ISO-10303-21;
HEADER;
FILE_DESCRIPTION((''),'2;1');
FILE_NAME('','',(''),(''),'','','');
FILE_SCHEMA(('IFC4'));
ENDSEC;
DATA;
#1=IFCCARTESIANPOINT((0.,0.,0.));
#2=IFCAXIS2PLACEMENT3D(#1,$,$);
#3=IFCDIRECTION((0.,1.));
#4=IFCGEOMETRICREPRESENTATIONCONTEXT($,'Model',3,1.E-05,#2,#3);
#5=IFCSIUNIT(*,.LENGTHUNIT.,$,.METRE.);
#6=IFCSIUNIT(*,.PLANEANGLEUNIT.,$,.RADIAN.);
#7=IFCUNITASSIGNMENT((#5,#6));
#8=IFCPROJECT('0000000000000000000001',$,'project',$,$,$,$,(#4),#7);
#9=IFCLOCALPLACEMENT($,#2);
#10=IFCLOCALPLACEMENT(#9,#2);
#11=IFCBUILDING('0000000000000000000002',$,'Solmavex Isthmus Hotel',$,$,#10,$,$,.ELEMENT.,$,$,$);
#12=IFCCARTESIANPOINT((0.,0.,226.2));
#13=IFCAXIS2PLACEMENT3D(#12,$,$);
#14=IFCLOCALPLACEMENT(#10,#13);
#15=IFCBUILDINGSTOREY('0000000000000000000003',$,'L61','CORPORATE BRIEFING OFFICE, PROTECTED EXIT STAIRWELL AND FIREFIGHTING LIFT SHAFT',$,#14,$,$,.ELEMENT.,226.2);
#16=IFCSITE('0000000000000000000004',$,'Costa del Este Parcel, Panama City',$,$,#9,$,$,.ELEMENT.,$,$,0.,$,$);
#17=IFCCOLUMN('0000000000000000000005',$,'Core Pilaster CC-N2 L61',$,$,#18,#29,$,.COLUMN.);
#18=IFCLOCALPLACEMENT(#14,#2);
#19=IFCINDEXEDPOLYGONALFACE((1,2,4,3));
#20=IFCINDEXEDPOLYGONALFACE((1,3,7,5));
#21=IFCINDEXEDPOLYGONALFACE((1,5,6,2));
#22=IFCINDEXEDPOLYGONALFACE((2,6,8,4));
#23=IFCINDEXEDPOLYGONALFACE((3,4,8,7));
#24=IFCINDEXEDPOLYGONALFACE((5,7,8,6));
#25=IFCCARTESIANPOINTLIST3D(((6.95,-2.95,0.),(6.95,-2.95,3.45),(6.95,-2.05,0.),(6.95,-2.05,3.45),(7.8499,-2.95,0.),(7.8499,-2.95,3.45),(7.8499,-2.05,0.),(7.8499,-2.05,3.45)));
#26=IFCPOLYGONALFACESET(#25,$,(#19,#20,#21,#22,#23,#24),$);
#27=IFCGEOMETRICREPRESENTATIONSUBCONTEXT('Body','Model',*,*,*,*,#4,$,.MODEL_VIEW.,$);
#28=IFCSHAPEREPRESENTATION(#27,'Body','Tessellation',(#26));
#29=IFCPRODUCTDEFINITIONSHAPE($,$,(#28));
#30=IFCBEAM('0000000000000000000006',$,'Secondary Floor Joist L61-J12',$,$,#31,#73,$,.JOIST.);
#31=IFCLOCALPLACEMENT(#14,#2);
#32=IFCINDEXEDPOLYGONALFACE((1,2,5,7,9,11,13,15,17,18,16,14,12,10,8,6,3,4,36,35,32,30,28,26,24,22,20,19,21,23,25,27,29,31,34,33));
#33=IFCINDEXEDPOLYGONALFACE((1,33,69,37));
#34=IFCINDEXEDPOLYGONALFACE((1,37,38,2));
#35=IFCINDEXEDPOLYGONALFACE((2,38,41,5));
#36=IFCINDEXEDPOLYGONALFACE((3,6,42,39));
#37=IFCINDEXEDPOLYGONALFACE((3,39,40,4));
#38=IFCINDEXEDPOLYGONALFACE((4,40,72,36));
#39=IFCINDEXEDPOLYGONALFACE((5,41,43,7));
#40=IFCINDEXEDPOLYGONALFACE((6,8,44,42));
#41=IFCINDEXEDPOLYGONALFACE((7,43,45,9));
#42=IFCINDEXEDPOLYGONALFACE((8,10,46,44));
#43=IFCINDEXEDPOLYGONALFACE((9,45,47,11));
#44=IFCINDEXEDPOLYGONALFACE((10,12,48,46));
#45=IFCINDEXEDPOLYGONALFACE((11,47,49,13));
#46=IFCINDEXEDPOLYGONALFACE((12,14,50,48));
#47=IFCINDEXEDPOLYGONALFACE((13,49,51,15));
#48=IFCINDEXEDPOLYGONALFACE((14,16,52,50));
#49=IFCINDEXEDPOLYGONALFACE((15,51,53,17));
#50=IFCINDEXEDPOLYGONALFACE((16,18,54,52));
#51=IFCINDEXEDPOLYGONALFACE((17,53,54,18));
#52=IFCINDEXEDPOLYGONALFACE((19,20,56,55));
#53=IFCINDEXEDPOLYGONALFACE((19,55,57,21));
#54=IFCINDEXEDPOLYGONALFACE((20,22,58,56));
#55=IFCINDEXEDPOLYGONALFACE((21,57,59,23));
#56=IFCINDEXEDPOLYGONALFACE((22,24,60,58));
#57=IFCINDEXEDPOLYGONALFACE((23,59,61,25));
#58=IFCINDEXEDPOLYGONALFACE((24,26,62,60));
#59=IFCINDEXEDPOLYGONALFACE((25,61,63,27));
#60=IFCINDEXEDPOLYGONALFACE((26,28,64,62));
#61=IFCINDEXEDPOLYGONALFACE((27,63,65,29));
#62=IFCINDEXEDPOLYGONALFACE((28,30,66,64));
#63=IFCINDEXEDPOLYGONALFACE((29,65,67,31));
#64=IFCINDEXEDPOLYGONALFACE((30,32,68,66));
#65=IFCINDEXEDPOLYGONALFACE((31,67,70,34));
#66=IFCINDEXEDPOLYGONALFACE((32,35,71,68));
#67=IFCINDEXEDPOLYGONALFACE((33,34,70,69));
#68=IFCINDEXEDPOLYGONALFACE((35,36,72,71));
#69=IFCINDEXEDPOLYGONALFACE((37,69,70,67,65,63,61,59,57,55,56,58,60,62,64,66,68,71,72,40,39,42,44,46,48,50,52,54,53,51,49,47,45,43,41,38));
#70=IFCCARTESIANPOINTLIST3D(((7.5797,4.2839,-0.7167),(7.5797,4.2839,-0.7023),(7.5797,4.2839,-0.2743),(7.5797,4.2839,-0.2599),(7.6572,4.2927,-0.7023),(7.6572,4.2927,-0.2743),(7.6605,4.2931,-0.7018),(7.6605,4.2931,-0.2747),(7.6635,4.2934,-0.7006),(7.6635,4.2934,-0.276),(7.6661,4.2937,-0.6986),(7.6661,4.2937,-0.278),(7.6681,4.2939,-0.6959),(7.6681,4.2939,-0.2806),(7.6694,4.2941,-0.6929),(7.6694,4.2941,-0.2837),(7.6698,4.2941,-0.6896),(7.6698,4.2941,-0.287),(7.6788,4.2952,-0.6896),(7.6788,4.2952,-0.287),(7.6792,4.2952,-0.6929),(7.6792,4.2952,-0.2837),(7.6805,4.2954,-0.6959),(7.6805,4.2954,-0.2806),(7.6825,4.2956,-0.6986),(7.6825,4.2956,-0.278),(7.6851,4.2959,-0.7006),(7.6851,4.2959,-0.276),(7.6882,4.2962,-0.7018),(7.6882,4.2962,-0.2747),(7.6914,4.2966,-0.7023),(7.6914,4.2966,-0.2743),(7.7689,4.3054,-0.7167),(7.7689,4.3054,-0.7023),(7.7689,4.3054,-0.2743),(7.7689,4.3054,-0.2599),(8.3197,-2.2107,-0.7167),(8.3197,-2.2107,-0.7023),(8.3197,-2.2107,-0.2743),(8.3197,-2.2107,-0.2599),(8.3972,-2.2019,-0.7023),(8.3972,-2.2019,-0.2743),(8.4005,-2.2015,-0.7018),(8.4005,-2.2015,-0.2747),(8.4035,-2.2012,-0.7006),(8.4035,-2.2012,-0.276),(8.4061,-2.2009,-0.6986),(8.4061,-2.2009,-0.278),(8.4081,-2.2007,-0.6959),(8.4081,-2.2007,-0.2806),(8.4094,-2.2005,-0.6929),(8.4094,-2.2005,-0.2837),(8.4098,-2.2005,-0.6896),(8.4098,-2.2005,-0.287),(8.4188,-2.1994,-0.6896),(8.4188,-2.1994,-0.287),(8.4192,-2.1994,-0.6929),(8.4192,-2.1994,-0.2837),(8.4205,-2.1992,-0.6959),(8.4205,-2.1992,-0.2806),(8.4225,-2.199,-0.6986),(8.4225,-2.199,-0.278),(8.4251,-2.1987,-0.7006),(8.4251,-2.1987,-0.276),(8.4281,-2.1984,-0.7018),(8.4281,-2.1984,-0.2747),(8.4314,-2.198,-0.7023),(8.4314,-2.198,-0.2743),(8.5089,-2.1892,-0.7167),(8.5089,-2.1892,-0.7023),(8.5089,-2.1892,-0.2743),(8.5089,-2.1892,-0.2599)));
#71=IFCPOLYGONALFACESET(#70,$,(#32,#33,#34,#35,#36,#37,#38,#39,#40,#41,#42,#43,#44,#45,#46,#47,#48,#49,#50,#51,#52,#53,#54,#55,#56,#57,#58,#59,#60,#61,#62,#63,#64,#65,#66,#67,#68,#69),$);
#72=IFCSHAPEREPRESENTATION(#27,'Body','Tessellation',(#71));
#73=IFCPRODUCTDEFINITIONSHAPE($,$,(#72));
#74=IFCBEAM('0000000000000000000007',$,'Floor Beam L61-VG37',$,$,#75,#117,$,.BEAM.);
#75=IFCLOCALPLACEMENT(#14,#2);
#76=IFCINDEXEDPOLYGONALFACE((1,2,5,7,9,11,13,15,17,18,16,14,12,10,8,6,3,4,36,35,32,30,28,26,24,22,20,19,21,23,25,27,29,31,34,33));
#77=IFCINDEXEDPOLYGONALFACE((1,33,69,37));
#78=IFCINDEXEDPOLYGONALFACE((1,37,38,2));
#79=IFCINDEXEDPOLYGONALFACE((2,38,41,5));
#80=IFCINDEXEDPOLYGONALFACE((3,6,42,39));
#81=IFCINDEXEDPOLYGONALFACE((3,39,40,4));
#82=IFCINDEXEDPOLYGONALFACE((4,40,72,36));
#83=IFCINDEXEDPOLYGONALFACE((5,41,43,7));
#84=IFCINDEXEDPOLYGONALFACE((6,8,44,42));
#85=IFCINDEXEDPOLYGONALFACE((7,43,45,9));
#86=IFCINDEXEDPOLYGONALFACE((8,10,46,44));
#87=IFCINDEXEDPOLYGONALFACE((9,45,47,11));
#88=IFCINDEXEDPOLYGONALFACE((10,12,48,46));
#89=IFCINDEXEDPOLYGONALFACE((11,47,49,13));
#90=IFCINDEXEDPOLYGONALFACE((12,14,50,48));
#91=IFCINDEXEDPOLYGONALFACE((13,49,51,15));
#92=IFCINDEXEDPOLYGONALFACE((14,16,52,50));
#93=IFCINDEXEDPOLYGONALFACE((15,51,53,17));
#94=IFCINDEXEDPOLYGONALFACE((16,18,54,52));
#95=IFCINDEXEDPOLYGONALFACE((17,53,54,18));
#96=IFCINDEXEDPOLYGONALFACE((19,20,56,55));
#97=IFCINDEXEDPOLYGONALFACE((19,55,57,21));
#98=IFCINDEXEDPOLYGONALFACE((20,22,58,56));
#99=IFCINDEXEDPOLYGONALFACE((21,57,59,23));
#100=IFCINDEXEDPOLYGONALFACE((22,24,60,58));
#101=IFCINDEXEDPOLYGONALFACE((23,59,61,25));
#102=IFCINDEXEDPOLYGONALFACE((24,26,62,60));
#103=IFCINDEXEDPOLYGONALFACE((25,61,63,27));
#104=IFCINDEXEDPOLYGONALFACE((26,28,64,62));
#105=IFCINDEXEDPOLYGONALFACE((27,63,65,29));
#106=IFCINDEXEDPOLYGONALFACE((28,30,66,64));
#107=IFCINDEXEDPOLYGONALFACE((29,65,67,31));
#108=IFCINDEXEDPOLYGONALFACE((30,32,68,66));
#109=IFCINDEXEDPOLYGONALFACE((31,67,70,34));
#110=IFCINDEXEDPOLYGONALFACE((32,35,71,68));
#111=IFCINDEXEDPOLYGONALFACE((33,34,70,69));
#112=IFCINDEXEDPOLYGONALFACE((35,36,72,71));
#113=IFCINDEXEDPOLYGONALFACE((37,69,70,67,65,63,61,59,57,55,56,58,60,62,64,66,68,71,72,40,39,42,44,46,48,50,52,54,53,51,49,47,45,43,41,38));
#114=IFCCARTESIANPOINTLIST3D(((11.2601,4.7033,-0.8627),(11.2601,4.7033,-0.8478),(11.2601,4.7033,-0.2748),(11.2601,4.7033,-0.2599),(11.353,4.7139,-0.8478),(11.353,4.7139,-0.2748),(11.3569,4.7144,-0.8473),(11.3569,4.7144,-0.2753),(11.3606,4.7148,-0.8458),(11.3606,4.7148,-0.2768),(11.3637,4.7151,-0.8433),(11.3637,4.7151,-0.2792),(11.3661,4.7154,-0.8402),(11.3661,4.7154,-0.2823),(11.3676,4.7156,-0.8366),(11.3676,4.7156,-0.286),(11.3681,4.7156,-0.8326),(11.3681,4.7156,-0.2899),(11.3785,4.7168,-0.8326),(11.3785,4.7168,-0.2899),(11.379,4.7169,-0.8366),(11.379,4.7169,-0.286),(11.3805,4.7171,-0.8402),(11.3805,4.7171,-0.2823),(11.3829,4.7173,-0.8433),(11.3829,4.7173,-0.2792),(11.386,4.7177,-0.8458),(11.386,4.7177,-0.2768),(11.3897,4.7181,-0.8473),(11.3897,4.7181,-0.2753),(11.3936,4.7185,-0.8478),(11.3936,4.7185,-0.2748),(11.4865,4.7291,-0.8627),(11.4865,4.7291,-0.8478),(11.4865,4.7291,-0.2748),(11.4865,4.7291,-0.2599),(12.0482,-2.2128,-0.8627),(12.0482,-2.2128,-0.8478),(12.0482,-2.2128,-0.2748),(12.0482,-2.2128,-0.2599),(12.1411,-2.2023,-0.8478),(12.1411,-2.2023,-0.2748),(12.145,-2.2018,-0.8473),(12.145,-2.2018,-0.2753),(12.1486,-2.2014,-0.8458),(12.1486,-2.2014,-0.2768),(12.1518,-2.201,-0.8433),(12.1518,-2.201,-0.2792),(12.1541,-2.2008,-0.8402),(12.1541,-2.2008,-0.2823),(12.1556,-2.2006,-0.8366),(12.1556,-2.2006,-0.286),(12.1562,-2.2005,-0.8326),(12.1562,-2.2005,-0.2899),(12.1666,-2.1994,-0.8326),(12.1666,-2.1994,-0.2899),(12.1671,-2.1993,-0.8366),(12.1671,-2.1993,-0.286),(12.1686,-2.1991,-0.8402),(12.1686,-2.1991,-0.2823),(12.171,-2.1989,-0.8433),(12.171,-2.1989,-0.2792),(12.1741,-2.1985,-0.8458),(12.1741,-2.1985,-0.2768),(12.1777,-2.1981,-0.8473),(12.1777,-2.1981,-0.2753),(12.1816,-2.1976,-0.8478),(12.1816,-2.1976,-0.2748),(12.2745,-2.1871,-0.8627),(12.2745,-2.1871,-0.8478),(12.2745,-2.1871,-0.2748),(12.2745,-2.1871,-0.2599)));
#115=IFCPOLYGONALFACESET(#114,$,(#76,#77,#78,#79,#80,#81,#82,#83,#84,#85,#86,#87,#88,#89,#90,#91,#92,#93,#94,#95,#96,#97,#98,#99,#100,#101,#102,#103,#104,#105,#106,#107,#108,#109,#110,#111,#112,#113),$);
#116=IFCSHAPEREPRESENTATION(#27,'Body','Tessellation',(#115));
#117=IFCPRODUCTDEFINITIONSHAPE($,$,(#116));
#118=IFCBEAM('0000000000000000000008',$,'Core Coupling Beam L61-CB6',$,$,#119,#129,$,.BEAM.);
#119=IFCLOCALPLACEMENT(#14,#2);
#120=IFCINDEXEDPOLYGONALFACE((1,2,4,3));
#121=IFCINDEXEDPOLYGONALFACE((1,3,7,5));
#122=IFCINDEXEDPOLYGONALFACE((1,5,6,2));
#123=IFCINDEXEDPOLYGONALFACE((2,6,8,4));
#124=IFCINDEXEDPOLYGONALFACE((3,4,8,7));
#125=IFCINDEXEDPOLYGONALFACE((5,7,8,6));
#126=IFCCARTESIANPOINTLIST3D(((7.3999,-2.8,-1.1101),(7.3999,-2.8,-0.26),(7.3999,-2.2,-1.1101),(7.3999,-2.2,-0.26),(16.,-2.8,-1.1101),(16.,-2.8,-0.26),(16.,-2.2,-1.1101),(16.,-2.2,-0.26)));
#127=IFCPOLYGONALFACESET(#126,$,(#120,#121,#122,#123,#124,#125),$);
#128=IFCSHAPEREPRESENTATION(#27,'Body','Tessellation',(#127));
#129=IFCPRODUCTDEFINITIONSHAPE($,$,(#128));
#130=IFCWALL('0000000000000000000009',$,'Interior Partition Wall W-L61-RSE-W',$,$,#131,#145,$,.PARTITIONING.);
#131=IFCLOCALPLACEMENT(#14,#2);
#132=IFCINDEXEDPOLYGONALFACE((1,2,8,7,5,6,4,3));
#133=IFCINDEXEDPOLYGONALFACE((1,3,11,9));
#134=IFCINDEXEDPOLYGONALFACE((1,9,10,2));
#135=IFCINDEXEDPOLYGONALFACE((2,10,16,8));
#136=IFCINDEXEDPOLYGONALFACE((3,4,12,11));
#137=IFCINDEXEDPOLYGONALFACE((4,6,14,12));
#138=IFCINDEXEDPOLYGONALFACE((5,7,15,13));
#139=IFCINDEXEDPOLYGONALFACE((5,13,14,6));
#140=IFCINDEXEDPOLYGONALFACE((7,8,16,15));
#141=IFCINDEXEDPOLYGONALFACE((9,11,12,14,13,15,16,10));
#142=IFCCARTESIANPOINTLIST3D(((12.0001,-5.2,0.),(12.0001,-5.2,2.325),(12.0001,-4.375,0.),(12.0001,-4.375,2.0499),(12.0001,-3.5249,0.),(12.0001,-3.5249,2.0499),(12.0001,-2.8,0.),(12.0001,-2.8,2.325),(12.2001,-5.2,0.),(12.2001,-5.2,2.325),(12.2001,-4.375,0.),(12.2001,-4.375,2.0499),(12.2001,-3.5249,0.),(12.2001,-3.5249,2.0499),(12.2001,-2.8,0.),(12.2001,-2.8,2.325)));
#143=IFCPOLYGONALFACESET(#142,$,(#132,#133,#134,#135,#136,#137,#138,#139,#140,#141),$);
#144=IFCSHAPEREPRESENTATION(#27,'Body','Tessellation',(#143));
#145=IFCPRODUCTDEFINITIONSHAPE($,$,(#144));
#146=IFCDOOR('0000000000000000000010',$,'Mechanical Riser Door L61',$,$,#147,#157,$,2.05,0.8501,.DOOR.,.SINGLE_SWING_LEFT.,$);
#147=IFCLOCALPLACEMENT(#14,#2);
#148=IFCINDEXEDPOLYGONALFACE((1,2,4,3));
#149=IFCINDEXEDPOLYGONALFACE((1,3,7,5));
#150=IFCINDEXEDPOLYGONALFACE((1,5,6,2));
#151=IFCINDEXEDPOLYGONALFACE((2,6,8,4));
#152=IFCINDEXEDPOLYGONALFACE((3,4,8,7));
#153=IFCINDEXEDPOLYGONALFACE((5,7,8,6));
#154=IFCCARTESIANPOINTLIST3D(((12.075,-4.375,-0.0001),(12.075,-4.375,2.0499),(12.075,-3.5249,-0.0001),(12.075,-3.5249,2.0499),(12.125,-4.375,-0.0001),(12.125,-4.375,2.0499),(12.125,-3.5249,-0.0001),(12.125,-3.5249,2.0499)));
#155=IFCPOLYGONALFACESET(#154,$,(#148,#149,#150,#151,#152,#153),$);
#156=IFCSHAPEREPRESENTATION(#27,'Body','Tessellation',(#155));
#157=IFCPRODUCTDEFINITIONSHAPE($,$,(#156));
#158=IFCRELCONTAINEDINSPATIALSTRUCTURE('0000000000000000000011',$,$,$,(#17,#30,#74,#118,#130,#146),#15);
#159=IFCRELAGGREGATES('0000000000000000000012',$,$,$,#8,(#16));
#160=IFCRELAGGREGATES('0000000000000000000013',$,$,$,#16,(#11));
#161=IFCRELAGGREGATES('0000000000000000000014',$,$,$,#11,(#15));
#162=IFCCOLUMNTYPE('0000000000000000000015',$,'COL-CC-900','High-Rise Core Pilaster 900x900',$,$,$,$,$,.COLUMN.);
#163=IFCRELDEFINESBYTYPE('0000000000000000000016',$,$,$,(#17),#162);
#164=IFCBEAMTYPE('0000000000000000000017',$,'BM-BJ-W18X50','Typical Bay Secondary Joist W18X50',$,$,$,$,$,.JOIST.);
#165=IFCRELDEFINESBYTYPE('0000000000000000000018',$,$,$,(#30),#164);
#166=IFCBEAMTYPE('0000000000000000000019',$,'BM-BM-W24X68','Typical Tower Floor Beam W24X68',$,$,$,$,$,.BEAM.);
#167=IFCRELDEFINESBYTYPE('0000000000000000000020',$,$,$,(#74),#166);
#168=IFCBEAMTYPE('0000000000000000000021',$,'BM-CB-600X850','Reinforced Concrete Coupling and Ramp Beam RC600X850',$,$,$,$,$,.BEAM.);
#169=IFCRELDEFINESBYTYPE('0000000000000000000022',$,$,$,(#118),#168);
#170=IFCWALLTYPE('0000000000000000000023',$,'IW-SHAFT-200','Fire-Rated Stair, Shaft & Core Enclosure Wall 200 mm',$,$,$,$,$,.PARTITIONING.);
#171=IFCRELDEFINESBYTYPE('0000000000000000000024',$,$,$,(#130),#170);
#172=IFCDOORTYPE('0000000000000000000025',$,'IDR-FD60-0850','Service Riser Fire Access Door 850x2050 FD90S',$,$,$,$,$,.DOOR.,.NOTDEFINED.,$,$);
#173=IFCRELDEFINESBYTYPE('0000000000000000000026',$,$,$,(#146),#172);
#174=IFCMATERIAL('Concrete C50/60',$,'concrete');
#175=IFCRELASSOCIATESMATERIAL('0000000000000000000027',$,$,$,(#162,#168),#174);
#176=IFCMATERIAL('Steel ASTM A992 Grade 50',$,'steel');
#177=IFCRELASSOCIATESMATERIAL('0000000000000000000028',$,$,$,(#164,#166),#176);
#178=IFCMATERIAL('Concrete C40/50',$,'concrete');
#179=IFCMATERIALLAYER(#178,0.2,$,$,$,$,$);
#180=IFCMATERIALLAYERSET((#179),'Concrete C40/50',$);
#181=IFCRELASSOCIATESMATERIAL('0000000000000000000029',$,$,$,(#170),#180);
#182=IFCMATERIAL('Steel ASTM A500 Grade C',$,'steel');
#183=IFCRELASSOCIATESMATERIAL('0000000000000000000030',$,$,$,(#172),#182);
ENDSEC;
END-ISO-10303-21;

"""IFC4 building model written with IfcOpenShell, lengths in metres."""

from ifc_helpers import new_model, si_unit, direction, frame, frame_2d, origin, origin_2d, place, context, subcontext, project, spatial, rectangle, i_section, extrude, material, layer, layer_set, material_profile, profile_set, type_object, element, fill, save


model = new_model("IFC4")

# Units and contexts
model_context = context("Model", 3, precision=1e-05, world=origin(), true_north=direction((0.0, 1.0)))
body_context = subcontext(model_context, "Body", "Model", "MODEL_VIEW")
ifc_project = project(units=[si_unit("LENGTHUNIT", "METRE"), si_unit("PLANEANGLEUNIT", "RADIAN")], contexts=[model_context])

# Site, building, storey
site_placement = place(None, origin())
site = spatial("IfcSite", under=ifc_project, at=site_placement, Name="Costa del Este Parcel, Panama City", CompositionType="ELEMENT", RefElevation=0.0)
building_placement = place(site_placement, origin())
building = spatial("IfcBuilding", under=site, at=building_placement, Name="Solmavex Isthmus Hotel", CompositionType="ELEMENT")
storey_placement = place(building_placement, frame((0.0, 0.0, 226.2)))
storey = spatial("IfcBuildingStorey", under=building, at=storey_placement, Name="L61", Description="CORPORATE BRIEFING OFFICE, PROTECTED EXIT STAIRWELL AND FIREFIGHTING LIFT SHAFT", CompositionType="ELEMENT", Elevation=226.2)

# Column
ifc_material_1 = material(Name="Concrete C50/60", Category="concrete")
ifc_material_profile_1 = material_profile(ifc_material_1, rectangle(XDim=0.8999, YDim=0.8999, at=origin_2d()), Name="RC900X900")
ifc_profile_set_1 = profile_set([ifc_material_profile_1], Name="Concrete C50/60")
column_type = type_object("IfcColumnType", Name="COL-CC-900", Description="High-Rise Core Pilaster 900x900", PredefinedType="COLUMN", material=ifc_profile_set_1)
column_placement = place(storey_placement, frame((7.3999, -2.5, 0.0), z_axis=(0.0, 0.0, 1.0), x_axis=(1.0, 0.0, 0.0)))
element("IfcColumn", 1, at=column_placement, inside=storey, type_object=column_type, Name="Core Pilaster CC-N2 L61", PredefinedType="COLUMN", context=body_context, shape_type="SweptSolid", body=[
    extrude(rectangle(XDim=0.8999, YDim=0.8999, at=origin_2d()), origin(), (0.0, 0.0, 1.0), 3.45),
])

# Beams
ifc_material_2 = material(Name="Steel ASTM A992 Grade 50", Category="steel")
ifc_material_profile_2 = material_profile(ifc_material_2, i_section(OverallWidth=0.1904, OverallDepth=0.4568, WebThickness=0.009, FlangeThickness=0.0144, FilletRadius=0.0127, at=origin_2d()), Name="W18X50")
ifc_profile_set_2 = profile_set([ifc_material_profile_2], Name="Steel ASTM A992 Grade 50")
beam_type_1 = type_object("IfcBeamType", Name="BM-BJ-W18X50", Description="Typical Bay Secondary Joist W18X50", PredefinedType="JOIST", material=ifc_profile_set_2)
beam_1_placement = place(storey_placement, frame((8.4143, -2.2, -0.4883), z_axis=(-0.113206, 0.993571, 0.0), x_axis=(-0.993571, -0.113206, 0.0)))
element("IfcBeam", 2, at=beam_1_placement, inside=storey, type_object=beam_type_1, Name="Secondary Floor Joist L61-J12", PredefinedType="JOIST", context=body_context, shape_type="SweptSolid", body=[
    extrude(i_section(OverallWidth=0.1904, OverallDepth=0.4568, WebThickness=0.009, FlangeThickness=0.0144, FilletRadius=0.0127, at=origin_2d()), origin(), (0.0, 0.0, 1.0), 6.5366),
])
ifc_material_profile_3 = material_profile(ifc_material_2, i_section(OverallWidth=0.2278, OverallDepth=0.6028, WebThickness=0.0105, FlangeThickness=0.0149, FilletRadius=0.0151, at=origin_2d()), Name="W24X68")
ifc_profile_set_3 = profile_set([ifc_material_profile_3], Name="Steel ASTM A992 Grade 50")
beam_type_2 = type_object("IfcBeamType", Name="BM-BM-W24X68", Description="Typical Tower Floor Beam W24X68", PredefinedType="BEAM", material=ifc_profile_set_3)
beam_2_placement = place(storey_placement, frame((12.1614, -2.2, -0.5613), z_axis=(-0.113214, 0.993571, 0.0), x_axis=(-0.993571, -0.113214, 0.0)))
element("IfcBeam", 3, at=beam_2_placement, inside=storey, type_object=beam_type_2, Name="Floor Beam L61-VG37", PredefinedType="BEAM", context=body_context, shape_type="SweptSolid", body=[
    extrude(i_section(OverallWidth=0.2278, OverallDepth=0.6028, WebThickness=0.0105, FlangeThickness=0.0149, FilletRadius=0.0151, at=origin_2d()), origin(), (0.0, 0.0, 1.0), 6.9609),
])
ifc_material_profile_4 = material_profile(ifc_material_1, rectangle(XDim=0.6001, YDim=0.8501, at=origin_2d()), Name="RC600X850")
ifc_profile_set_4 = profile_set([ifc_material_profile_4], Name="Concrete C50/60")
beam_type_3 = type_object("IfcBeamType", Name="BM-CB-600X850", Description="Reinforced Concrete Coupling and Ramp Beam RC600X850", PredefinedType="BEAM", material=ifc_profile_set_4)
beam_3_placement = place(storey_placement, frame((7.3999, -2.5, -0.6851), z_axis=(1.0, 0.0, 0.0), x_axis=(0.0, 1.0, 0.0)))
element("IfcBeam", 4, at=beam_3_placement, inside=storey, type_object=beam_type_3, Name="Core Coupling Beam L61-CB6", PredefinedType="BEAM", context=body_context, shape_type="SweptSolid", body=[
    extrude(rectangle(XDim=0.6001, YDim=0.8501, at=origin_2d()), origin(), (0.0, 0.0, 1.0), 8.6001),
])

# Wall, opening, door
ifc_material_3 = material(Name="Concrete C40/50", Category="concrete")
ifc_layer_1 = layer(ifc_material_3, 0.2)
ifc_layer_set_1 = layer_set([ifc_layer_1], Name="Concrete C40/50")
wall_type_1 = type_object("IfcWallType", Name="IW-SHAFT-200", Description="Fire-Rated Stair, Shaft & Core Enclosure Wall 200 mm", PredefinedType="PARTITIONING", material=ifc_layer_set_1)
wall_1_placement = place(storey_placement, frame((12.1001, -5.2, 0.0), z_axis=(0.0, 0.0, 1.0), x_axis=(0.0, 1.0, 0.0)))
wall_1 = element("IfcWall", 5, at=wall_1_placement, inside=storey, type_object=wall_type_1, Name="Interior Partition Wall W-L61-RSE-W", PredefinedType="PARTITIONING", context=body_context, shape_type="SweptSolid", body=[
    extrude(rectangle(XDim=2.3999, YDim=0.2, at=frame_2d((1.2, 0.0))), origin(), (0.0, 0.0, 1.0), 2.325),
])
opening_1_placement = place(wall_1_placement, frame((0.825, 0.0, 0.0)))
opening_1 = element("IfcOpeningElement", 6, at=opening_1_placement, cuts=wall_1, PredefinedType="OPENING", context=body_context, shape_type="SweptSolid", body=[
    extrude(rectangle(XDim=0.8501, YDim=2.05, at=frame_2d((0.425, 1.0249))), frame((0.0, 0.1099, 0.0), z_axis=(0.0, -1.0, 0.0), x_axis=(1.0, 0.0, 0.0)), (0.0, 0.0, 1.0), 0.22),
])
ifc_material_4 = material(Name="Steel ASTM A500 Grade C", Category="steel")
door_type_1 = type_object("IfcDoorType", Name="IDR-FD60-0850", Description="Service Riser Fire Access Door 850x2050 FD90S", OperationType="NOTDEFINED", PredefinedType="DOOR", material=ifc_material_4)
door_1_placement = place(opening_1_placement, frame((0.8501, 0.0, 0.0), z_axis=(0.0, 0.0, 1.0), x_axis=(-1.0, 0.0, 0.0)))
door_1 = element("IfcDoor", 7, at=door_1_placement, inside=storey, type_object=door_type_1, Name="Mechanical Riser Door L61", OperationType="SINGLE_SWING_LEFT", OverallHeight=2.05, OverallWidth=0.8501, PredefinedType="DOOR", context=body_context, shape_type="SweptSolid", body=[
    extrude(rectangle(XDim=0.8501, YDim=2.05, at=frame_2d((0.425, 1.0249))), frame((0.0, 0.0249, 0.0), z_axis=(0.0, -1.0, 0.0), x_axis=(1.0, 0.0, 0.0)), (0.0, 0.0, 1.0), 0.05),
])
fill(opening_1, door_1)

save(model, "model.ifc")
